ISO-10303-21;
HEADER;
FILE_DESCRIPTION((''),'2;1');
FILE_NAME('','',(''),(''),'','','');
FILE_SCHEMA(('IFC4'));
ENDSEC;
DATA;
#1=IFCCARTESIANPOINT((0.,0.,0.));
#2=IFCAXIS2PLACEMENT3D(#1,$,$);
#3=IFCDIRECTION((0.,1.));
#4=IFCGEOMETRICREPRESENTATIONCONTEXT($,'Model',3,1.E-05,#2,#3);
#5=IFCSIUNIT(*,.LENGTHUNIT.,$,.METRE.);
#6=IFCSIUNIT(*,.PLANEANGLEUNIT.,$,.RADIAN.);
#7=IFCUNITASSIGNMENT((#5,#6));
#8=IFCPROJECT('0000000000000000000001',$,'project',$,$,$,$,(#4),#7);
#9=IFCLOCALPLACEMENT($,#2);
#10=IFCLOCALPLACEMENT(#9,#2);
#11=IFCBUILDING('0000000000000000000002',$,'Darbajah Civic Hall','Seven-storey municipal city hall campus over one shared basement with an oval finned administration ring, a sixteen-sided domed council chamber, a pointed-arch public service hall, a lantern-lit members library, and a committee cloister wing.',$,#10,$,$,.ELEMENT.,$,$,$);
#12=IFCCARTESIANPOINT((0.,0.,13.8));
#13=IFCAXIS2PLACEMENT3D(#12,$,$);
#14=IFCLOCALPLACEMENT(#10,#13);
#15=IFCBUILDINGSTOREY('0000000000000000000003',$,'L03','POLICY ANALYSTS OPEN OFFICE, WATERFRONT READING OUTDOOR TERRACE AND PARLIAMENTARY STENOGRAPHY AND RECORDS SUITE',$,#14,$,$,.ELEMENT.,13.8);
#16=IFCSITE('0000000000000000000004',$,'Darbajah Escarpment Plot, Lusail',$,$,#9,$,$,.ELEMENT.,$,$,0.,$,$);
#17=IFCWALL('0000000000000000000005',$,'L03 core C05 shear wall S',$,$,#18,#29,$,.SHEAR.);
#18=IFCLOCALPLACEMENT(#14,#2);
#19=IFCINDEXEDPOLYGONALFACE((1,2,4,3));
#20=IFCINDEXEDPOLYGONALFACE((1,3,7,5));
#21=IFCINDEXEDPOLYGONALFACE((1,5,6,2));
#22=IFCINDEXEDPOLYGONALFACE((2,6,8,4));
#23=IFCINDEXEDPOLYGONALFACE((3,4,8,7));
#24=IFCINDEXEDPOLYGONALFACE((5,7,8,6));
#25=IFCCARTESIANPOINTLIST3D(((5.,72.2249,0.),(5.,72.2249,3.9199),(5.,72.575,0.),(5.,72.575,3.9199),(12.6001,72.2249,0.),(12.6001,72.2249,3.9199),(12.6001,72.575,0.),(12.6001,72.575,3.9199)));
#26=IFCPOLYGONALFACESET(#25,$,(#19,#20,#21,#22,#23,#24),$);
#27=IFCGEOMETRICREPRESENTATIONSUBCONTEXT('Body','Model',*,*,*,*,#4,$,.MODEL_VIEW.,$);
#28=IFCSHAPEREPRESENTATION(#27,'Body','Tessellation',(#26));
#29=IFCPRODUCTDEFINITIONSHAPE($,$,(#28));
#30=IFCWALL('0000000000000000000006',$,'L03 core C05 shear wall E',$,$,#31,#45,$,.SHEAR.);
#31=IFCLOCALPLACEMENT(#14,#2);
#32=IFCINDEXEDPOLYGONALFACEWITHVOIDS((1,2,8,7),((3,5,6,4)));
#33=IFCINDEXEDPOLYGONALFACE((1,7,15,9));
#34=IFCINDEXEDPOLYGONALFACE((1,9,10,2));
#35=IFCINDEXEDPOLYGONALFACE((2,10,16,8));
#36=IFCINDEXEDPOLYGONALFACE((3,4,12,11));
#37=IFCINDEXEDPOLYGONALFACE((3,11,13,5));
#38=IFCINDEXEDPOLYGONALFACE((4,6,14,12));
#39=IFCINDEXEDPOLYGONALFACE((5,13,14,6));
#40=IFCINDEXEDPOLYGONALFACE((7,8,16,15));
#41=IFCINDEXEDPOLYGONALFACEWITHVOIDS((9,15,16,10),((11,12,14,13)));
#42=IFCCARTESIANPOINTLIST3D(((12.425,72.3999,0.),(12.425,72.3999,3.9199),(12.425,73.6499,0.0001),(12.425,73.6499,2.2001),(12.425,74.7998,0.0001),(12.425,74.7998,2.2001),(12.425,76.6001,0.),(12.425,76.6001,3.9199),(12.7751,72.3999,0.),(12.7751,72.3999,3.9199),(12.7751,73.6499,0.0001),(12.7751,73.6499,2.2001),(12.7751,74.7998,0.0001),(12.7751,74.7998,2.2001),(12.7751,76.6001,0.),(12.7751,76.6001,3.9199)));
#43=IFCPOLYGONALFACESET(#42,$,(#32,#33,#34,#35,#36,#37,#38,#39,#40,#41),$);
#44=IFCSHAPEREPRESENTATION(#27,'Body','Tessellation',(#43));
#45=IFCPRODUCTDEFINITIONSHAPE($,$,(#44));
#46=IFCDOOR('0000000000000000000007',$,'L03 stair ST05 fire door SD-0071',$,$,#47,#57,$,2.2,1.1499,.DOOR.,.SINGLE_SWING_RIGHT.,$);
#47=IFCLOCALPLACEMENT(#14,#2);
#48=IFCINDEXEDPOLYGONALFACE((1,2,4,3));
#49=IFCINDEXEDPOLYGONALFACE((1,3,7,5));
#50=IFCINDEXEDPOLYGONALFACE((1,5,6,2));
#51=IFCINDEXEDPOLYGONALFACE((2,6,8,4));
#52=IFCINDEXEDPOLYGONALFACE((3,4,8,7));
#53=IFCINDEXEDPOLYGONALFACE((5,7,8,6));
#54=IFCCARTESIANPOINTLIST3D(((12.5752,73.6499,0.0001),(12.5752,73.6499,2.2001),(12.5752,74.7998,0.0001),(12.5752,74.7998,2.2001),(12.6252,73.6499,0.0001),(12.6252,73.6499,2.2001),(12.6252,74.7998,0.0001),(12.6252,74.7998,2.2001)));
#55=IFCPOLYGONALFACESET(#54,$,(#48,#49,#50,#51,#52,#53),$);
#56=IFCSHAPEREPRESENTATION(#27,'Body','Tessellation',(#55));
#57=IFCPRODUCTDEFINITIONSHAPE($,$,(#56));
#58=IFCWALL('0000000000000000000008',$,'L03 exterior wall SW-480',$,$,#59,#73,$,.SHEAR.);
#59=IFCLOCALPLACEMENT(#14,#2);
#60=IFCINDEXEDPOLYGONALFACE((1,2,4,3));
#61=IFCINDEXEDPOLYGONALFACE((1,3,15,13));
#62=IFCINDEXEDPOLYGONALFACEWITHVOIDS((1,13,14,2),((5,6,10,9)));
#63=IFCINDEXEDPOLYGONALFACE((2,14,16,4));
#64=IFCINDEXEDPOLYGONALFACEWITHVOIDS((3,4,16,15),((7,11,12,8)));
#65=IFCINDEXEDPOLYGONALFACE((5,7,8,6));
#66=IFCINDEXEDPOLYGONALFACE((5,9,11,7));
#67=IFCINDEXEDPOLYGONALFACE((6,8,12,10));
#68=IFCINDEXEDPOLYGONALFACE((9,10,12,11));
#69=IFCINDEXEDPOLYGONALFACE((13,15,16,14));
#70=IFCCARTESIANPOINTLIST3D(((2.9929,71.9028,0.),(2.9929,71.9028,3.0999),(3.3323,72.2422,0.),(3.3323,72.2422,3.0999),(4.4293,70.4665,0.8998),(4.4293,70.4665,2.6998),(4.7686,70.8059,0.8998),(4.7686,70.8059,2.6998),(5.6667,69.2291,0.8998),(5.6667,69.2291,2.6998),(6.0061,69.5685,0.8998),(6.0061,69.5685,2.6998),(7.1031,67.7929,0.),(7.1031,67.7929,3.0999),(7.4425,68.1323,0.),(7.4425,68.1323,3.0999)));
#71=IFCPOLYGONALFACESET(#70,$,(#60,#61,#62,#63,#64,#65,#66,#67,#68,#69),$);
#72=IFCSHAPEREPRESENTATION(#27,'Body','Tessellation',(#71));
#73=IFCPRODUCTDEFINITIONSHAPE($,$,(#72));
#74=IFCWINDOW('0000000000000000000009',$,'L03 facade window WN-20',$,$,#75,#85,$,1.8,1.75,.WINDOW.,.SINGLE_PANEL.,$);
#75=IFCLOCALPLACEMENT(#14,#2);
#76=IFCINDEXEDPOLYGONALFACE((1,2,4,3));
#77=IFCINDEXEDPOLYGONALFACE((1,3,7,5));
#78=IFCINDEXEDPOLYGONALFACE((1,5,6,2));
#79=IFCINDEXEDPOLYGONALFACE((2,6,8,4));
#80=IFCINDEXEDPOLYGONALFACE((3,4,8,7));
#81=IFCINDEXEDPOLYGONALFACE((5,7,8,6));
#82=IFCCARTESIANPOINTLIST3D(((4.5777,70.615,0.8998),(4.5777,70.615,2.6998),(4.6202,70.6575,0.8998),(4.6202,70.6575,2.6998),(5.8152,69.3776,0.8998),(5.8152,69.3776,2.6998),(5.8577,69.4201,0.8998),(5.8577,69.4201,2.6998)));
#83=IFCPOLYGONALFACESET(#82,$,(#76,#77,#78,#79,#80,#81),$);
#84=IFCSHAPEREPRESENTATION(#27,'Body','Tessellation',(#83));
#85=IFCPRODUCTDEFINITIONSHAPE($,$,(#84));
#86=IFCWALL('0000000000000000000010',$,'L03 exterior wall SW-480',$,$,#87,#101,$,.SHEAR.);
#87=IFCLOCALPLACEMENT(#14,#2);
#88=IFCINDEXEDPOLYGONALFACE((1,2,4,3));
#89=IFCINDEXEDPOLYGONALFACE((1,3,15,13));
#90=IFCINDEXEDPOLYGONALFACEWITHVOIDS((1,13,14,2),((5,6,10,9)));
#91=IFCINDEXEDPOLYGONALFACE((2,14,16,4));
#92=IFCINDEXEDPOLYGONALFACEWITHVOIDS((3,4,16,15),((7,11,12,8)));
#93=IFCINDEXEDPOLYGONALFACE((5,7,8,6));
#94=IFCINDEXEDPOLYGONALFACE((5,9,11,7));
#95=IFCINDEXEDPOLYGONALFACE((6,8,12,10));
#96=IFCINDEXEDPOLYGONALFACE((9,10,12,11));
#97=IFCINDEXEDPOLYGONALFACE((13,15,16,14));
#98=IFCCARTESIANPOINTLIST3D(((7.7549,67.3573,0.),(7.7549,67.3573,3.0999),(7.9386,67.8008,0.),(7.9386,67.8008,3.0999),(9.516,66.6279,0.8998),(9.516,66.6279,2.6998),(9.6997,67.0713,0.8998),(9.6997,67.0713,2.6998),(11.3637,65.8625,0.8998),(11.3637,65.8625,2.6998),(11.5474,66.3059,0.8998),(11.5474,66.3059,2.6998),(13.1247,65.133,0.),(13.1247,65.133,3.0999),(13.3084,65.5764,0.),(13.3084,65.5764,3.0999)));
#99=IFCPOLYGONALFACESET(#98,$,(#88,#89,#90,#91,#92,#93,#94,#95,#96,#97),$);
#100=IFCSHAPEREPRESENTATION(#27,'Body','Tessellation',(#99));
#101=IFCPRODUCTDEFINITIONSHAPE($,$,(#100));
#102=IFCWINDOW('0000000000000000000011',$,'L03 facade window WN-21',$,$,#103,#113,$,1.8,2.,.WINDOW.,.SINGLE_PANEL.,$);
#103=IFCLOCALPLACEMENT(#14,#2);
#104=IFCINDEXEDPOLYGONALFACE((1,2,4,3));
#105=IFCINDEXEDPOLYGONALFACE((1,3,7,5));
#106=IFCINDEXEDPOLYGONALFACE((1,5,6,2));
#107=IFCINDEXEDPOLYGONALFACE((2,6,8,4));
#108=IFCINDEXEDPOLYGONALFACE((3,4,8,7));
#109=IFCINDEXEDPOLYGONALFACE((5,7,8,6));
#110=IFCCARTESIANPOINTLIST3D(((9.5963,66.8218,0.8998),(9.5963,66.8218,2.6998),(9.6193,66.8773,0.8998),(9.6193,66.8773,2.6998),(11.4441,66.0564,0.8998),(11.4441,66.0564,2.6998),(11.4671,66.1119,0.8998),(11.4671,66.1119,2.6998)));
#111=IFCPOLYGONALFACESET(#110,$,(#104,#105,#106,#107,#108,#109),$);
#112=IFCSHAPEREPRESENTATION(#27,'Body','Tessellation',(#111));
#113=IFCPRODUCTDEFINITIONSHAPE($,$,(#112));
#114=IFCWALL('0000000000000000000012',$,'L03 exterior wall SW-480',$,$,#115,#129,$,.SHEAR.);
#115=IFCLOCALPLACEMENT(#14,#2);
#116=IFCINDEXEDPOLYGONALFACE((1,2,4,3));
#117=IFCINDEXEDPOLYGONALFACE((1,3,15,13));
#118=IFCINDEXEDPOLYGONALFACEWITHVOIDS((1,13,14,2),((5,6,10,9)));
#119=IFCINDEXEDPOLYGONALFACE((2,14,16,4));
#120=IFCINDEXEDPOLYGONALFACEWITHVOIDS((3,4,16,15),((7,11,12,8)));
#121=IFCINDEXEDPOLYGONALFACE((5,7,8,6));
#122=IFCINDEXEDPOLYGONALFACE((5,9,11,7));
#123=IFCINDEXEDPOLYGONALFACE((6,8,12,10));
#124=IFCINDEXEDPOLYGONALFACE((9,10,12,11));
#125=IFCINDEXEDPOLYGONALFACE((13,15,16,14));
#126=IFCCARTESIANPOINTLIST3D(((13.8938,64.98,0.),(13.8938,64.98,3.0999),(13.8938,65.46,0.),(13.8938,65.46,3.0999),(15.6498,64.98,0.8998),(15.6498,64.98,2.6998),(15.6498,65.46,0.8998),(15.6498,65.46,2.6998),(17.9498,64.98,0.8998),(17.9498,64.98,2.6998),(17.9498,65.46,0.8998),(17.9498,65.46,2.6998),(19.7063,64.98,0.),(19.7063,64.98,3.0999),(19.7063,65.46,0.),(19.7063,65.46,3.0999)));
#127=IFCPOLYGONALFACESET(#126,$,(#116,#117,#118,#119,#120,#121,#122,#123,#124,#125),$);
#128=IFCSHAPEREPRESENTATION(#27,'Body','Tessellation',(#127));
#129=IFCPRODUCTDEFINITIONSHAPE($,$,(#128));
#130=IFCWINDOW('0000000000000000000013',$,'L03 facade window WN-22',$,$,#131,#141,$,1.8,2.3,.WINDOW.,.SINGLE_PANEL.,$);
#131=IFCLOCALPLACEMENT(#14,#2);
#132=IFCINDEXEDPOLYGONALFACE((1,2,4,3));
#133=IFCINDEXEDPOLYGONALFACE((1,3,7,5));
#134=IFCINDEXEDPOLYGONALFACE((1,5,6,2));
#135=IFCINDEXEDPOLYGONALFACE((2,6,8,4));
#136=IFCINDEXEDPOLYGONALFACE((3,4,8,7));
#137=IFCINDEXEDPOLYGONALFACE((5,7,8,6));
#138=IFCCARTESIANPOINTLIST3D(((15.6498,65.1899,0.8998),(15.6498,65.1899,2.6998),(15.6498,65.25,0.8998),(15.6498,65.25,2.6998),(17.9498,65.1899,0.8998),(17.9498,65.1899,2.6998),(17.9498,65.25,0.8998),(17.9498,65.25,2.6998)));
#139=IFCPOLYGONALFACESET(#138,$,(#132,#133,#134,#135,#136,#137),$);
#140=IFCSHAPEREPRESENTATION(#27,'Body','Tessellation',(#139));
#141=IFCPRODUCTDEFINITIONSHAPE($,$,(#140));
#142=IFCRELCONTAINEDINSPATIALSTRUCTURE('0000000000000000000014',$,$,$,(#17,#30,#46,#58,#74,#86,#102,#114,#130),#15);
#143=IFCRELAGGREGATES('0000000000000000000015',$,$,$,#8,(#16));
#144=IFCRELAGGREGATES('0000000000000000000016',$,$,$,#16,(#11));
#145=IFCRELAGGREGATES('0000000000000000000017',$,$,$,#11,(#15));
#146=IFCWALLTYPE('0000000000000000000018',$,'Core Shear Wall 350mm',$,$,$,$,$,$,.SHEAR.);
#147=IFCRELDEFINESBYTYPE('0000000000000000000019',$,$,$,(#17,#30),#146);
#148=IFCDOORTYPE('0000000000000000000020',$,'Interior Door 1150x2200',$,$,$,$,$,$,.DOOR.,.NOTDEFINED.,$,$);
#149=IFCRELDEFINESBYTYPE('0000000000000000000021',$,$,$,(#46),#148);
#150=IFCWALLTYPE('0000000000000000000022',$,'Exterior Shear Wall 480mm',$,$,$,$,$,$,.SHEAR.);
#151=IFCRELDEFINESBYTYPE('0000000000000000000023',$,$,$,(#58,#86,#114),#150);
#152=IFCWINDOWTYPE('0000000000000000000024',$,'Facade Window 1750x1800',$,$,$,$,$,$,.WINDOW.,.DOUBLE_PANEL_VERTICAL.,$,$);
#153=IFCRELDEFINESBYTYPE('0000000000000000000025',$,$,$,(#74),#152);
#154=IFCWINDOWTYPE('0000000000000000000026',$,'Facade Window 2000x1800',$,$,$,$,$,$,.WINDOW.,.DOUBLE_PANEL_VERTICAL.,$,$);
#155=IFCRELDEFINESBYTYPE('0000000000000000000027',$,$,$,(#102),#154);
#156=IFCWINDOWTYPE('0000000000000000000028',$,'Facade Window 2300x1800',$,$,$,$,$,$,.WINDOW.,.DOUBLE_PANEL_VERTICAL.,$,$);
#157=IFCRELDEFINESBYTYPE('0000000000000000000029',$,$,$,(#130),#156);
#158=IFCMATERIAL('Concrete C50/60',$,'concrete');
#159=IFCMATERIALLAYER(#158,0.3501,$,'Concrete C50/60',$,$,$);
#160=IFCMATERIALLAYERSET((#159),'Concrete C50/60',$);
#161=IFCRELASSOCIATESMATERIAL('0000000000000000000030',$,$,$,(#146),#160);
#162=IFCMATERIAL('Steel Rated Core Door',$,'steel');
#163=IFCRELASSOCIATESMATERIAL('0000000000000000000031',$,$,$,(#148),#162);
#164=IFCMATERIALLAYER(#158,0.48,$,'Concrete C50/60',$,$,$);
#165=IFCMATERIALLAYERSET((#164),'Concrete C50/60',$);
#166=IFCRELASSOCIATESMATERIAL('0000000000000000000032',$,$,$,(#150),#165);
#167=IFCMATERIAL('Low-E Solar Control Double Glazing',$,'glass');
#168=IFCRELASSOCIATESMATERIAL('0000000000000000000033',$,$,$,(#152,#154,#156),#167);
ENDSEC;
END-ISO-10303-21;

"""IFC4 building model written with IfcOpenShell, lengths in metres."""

from ifc_helpers import new_model, si_unit, direction, frame, frame_2d, origin, place, context, subcontext, project, spatial, rectangle, extrude, material, layer, layer_set, type_object, element, fill, save


model = new_model("IFC4")

# Units and contexts
model_context = context("Model", 3, precision=1e-05, world=origin(), true_north=direction((0.0, 1.0)))
body_context = subcontext(model_context, "Body", "Model", "MODEL_VIEW")
ifc_project = project(units=[si_unit("LENGTHUNIT", "METRE"), si_unit("PLANEANGLEUNIT", "RADIAN")], contexts=[model_context])

# Site, building, storey
site_placement = place(None, origin())
site = spatial("IfcSite", under=ifc_project, at=site_placement, Name="Darbajah Escarpment Plot, Lusail", CompositionType="ELEMENT", RefElevation=0.0)
building_placement = place(site_placement, origin())
building = spatial("IfcBuilding", under=site, at=building_placement, Name="Darbajah Civic Hall", Description="Seven-storey municipal city hall campus over one shared basement with an oval finned administration ring, a sixteen-sided domed council chamber, a pointed-arch public service hall, a lantern-lit members library, and a committee cloister wing.", CompositionType="ELEMENT")
storey_placement = place(building_placement, frame((0.0, 0.0, 13.8)))
storey = spatial("IfcBuildingStorey", under=building, at=storey_placement, Name="L03", Description="POLICY ANALYSTS OPEN OFFICE, WATERFRONT READING OUTDOOR TERRACE AND PARLIAMENTARY STENOGRAPHY AND RECORDS SUITE", CompositionType="ELEMENT", Elevation=13.8)

# Shared definitions
ifc_material_1 = material(Name="Concrete C50/60", Category="concrete")

# Wall
ifc_layer_1 = layer(ifc_material_1, 0.3501, Name="Concrete C50/60")
ifc_layer_set_1 = layer_set([ifc_layer_1], Name="Concrete C50/60")
wall_type_1 = type_object("IfcWallType", Name="Core Shear Wall 350mm", PredefinedType="SHEAR", material=ifc_layer_set_1)
wall_1_placement = place(storey_placement, frame((5.0, 72.3999, 0.0), z_axis=(0.0, 0.0, 1.0), x_axis=(1.0, 0.0, 0.0)))
element("IfcWall", 1, at=wall_1_placement, inside=storey, type_object=wall_type_1, Name="L03 core C05 shear wall S", PredefinedType="SHEAR", context=body_context, shape_type="SweptSolid", body=[
    extrude(rectangle(XDim=7.6001, YDim=0.3501, at=frame_2d((3.8, 0.0))), origin(), (0.0, 0.0, 1.0), 3.9199),
])

# Wall, opening, door
wall_2_placement = place(storey_placement, frame((12.6001, 72.3999, 0.0), z_axis=(0.0, 0.0, 1.0), x_axis=(0.0, 1.0, 0.0)))
wall_2 = element("IfcWall", 2, at=wall_2_placement, inside=storey, type_object=wall_type_1, Name="L03 core C05 shear wall E", PredefinedType="SHEAR", context=body_context, shape_type="SweptSolid", body=[
    extrude(rectangle(XDim=4.2002, YDim=0.3501, at=frame_2d((2.1001, 0.0))), origin(), (0.0, 0.0, 1.0), 3.9199),
])
opening_1_placement = place(wall_2_placement, frame((1.25, 0.0, 0.0)))
opening_1 = element("IfcOpeningElement", 3, at=opening_1_placement, cuts=wall_2, PredefinedType="OPENING", context=body_context, shape_type="SweptSolid", body=[
    extrude(rectangle(XDim=1.1499, YDim=2.2, at=frame_2d((0.575, 1.1001))), frame((0.0, 0.1851, 0.0), z_axis=(0.0, -1.0, 0.0), x_axis=(1.0, 0.0, 0.0)), (0.0, 0.0, 1.0), 0.3701),
])
ifc_material_2 = material(Name="Steel Rated Core Door", Category="steel")
door_type = type_object("IfcDoorType", Name="Interior Door 1150x2200", OperationType="NOTDEFINED", PredefinedType="DOOR", material=ifc_material_2)
door_placement = place(opening_1_placement, origin())
door = element("IfcDoor", 4, at=door_placement, inside=storey, type_object=door_type, Name="L03 stair ST05 fire door SD-0071", OperationType="SINGLE_SWING_RIGHT", OverallHeight=2.2, OverallWidth=1.1499, PredefinedType="DOOR", context=body_context, shape_type="SweptSolid", body=[
    extrude(rectangle(XDim=1.1499, YDim=2.2, at=frame_2d((0.575, 1.1001))), frame((0.0, 0.0249, 0.0), z_axis=(0.0, -1.0, 0.0), x_axis=(1.0, 0.0, 0.0)), (0.0, 0.0, 1.0), 0.05),
])
fill(opening_1, door)

# Walls, openings, windows
ifc_layer_2 = layer(ifc_material_1, 0.48, Name="Concrete C50/60")
ifc_layer_set_2 = layer_set([ifc_layer_2], Name="Concrete C50/60")
wall_type_2 = type_object("IfcWallType", Name="Exterior Shear Wall 480mm", PredefinedType="SHEAR", material=ifc_layer_set_2)
wall_3_placement = place(storey_placement, frame((3.1626, 72.0725, 0.0), z_axis=(0.0, 0.0, 1.0), x_axis=(0.707128, -0.707086, 0.0)))
wall_3 = element("IfcWall", 5, at=wall_3_placement, inside=storey, type_object=wall_type_2, Name="L03 exterior wall SW-480", PredefinedType="SHEAR", context=body_context, shape_type="SweptSolid", body=[
    extrude(rectangle(XDim=5.8125, YDim=0.48, at=frame_2d((2.9062, 0.0))), origin(), (0.0, 0.0, 1.0), 3.0999),
])
opening_2_placement = place(wall_3_placement, frame((2.0312, 0.0, 0.8999)))
opening_2 = element("IfcOpeningElement", 6, at=opening_2_placement, cuts=wall_3, PredefinedType="OPENING", context=body_context, shape_type="SweptSolid", body=[
    extrude(rectangle(XDim=1.75, YDim=1.8, at=frame_2d((0.875, 0.8999))), frame((0.0, 0.25, 0.0), z_axis=(0.0, -1.0, 0.0), x_axis=(1.0, 0.0, 0.0)), (0.0, 0.0, 1.0), 0.5),
])
ifc_material_3 = material(Name="Low-E Solar Control Double Glazing", Category="glass")
window_type_1 = type_object("IfcWindowType", Name="Facade Window 1750x1800", PartitioningType="DOUBLE_PANEL_VERTICAL", PredefinedType="WINDOW", material=ifc_material_3)
window_1_placement = place(opening_2_placement, origin())
window_1 = element("IfcWindow", 7, at=window_1_placement, inside=storey, type_object=window_type_1, Name="L03 facade window WN-20", OverallHeight=1.8, OverallWidth=1.75, PartitioningType="SINGLE_PANEL", PredefinedType="WINDOW", context=body_context, shape_type="SweptSolid", body=[
    extrude(rectangle(XDim=1.75, YDim=1.8, at=frame_2d((0.875, 0.8999))), frame((0.0, 0.03, 0.0), z_axis=(0.0, -1.0, 0.0), x_axis=(1.0, 0.0, 0.0)), (0.0, 0.0, 1.0), 0.0601),
])
fill(opening_2, window_1)
wall_4_placement = place(storey_placement, frame((7.8467, 67.5791, 0.0), z_axis=(0.0, 0.0, 1.0), x_axis=(0.923874, -0.382697, 0.0)))
wall_4 = element("IfcWall", 8, at=wall_4_placement, inside=storey, type_object=wall_type_2, Name="L03 exterior wall SW-480", PredefinedType="SHEAR", context=body_context, shape_type="SweptSolid", body=[
    extrude(rectangle(XDim=5.8123, YDim=0.48, at=frame_2d((2.9062, 0.0))), origin(), (0.0, 0.0, 1.0), 3.0999),
])
opening_3_placement = place(wall_4_placement, frame((1.9062, 0.0, 0.8999)))
opening_3 = element("IfcOpeningElement", 9, at=opening_3_placement, cuts=wall_4, PredefinedType="OPENING", context=body_context, shape_type="SweptSolid", body=[
    extrude(rectangle(XDim=2.0, YDim=1.8, at=frame_2d((1.0, 0.8999))), frame((0.0, 0.25, 0.0), z_axis=(0.0, -1.0, 0.0), x_axis=(1.0, 0.0, 0.0)), (0.0, 0.0, 1.0), 0.5),
])
window_type_2 = type_object("IfcWindowType", Name="Facade Window 2000x1800", PartitioningType="DOUBLE_PANEL_VERTICAL", PredefinedType="WINDOW", material=ifc_material_3)
window_2_placement = place(opening_3_placement, origin())
window_2 = element("IfcWindow", 10, at=window_2_placement, inside=storey, type_object=window_type_2, Name="L03 facade window WN-21", OverallHeight=1.8, OverallWidth=2.0, PartitioningType="SINGLE_PANEL", PredefinedType="WINDOW", context=body_context, shape_type="SweptSolid", body=[
    extrude(rectangle(XDim=2.0, YDim=1.8, at=frame_2d((1.0, 0.8999))), frame((0.0, 0.03, 0.0), z_axis=(0.0, -1.0, 0.0), x_axis=(1.0, 0.0, 0.0)), (0.0, 0.0, 1.0), 0.0601),
])
fill(opening_3, window_2)
wall_5_placement = place(storey_placement, frame((13.8938, 65.22, 0.0), z_axis=(0.0, 0.0, 1.0), x_axis=(1.0, 0.0, 0.0)))
wall_5 = element("IfcWall", 11, at=wall_5_placement, inside=storey, type_object=wall_type_2, Name="L03 exterior wall SW-480", PredefinedType="SHEAR", context=body_context, shape_type="SweptSolid", body=[
    extrude(rectangle(XDim=5.8125, YDim=0.48, at=frame_2d((2.9062, 0.0))), origin(), (0.0, 0.0, 1.0), 3.0999),
])
opening_4_placement = place(wall_5_placement, frame((1.7561, 0.0, 0.8999)))
opening_4 = element("IfcOpeningElement", 12, at=opening_4_placement, cuts=wall_5, PredefinedType="OPENING", context=body_context, shape_type="SweptSolid", body=[
    extrude(rectangle(XDim=2.3, YDim=1.8, at=frame_2d((1.1499, 0.8999))), frame((0.0, 0.25, 0.0), z_axis=(0.0, -1.0, 0.0), x_axis=(1.0, 0.0, 0.0)), (0.0, 0.0, 1.0), 0.5),
])
window_type_3 = type_object("IfcWindowType", Name="Facade Window 2300x1800", PartitioningType="DOUBLE_PANEL_VERTICAL", PredefinedType="WINDOW", material=ifc_material_3)
window_3_placement = place(opening_4_placement, origin())
window_3 = element("IfcWindow", 13, at=window_3_placement, inside=storey, type_object=window_type_3, Name="L03 facade window WN-22", OverallHeight=1.8, OverallWidth=2.3, PartitioningType="SINGLE_PANEL", PredefinedType="WINDOW", context=body_context, shape_type="SweptSolid", body=[
    extrude(rectangle(XDim=2.3, YDim=1.8, at=frame_2d((1.1499, 0.8999))), frame((0.0, 0.03, 0.0), z_axis=(0.0, -1.0, 0.0), x_axis=(1.0, 0.0, 0.0)), (0.0, 0.0, 1.0), 0.0601),
])
fill(opening_4, window_3)

save(model, "model.ifc")
